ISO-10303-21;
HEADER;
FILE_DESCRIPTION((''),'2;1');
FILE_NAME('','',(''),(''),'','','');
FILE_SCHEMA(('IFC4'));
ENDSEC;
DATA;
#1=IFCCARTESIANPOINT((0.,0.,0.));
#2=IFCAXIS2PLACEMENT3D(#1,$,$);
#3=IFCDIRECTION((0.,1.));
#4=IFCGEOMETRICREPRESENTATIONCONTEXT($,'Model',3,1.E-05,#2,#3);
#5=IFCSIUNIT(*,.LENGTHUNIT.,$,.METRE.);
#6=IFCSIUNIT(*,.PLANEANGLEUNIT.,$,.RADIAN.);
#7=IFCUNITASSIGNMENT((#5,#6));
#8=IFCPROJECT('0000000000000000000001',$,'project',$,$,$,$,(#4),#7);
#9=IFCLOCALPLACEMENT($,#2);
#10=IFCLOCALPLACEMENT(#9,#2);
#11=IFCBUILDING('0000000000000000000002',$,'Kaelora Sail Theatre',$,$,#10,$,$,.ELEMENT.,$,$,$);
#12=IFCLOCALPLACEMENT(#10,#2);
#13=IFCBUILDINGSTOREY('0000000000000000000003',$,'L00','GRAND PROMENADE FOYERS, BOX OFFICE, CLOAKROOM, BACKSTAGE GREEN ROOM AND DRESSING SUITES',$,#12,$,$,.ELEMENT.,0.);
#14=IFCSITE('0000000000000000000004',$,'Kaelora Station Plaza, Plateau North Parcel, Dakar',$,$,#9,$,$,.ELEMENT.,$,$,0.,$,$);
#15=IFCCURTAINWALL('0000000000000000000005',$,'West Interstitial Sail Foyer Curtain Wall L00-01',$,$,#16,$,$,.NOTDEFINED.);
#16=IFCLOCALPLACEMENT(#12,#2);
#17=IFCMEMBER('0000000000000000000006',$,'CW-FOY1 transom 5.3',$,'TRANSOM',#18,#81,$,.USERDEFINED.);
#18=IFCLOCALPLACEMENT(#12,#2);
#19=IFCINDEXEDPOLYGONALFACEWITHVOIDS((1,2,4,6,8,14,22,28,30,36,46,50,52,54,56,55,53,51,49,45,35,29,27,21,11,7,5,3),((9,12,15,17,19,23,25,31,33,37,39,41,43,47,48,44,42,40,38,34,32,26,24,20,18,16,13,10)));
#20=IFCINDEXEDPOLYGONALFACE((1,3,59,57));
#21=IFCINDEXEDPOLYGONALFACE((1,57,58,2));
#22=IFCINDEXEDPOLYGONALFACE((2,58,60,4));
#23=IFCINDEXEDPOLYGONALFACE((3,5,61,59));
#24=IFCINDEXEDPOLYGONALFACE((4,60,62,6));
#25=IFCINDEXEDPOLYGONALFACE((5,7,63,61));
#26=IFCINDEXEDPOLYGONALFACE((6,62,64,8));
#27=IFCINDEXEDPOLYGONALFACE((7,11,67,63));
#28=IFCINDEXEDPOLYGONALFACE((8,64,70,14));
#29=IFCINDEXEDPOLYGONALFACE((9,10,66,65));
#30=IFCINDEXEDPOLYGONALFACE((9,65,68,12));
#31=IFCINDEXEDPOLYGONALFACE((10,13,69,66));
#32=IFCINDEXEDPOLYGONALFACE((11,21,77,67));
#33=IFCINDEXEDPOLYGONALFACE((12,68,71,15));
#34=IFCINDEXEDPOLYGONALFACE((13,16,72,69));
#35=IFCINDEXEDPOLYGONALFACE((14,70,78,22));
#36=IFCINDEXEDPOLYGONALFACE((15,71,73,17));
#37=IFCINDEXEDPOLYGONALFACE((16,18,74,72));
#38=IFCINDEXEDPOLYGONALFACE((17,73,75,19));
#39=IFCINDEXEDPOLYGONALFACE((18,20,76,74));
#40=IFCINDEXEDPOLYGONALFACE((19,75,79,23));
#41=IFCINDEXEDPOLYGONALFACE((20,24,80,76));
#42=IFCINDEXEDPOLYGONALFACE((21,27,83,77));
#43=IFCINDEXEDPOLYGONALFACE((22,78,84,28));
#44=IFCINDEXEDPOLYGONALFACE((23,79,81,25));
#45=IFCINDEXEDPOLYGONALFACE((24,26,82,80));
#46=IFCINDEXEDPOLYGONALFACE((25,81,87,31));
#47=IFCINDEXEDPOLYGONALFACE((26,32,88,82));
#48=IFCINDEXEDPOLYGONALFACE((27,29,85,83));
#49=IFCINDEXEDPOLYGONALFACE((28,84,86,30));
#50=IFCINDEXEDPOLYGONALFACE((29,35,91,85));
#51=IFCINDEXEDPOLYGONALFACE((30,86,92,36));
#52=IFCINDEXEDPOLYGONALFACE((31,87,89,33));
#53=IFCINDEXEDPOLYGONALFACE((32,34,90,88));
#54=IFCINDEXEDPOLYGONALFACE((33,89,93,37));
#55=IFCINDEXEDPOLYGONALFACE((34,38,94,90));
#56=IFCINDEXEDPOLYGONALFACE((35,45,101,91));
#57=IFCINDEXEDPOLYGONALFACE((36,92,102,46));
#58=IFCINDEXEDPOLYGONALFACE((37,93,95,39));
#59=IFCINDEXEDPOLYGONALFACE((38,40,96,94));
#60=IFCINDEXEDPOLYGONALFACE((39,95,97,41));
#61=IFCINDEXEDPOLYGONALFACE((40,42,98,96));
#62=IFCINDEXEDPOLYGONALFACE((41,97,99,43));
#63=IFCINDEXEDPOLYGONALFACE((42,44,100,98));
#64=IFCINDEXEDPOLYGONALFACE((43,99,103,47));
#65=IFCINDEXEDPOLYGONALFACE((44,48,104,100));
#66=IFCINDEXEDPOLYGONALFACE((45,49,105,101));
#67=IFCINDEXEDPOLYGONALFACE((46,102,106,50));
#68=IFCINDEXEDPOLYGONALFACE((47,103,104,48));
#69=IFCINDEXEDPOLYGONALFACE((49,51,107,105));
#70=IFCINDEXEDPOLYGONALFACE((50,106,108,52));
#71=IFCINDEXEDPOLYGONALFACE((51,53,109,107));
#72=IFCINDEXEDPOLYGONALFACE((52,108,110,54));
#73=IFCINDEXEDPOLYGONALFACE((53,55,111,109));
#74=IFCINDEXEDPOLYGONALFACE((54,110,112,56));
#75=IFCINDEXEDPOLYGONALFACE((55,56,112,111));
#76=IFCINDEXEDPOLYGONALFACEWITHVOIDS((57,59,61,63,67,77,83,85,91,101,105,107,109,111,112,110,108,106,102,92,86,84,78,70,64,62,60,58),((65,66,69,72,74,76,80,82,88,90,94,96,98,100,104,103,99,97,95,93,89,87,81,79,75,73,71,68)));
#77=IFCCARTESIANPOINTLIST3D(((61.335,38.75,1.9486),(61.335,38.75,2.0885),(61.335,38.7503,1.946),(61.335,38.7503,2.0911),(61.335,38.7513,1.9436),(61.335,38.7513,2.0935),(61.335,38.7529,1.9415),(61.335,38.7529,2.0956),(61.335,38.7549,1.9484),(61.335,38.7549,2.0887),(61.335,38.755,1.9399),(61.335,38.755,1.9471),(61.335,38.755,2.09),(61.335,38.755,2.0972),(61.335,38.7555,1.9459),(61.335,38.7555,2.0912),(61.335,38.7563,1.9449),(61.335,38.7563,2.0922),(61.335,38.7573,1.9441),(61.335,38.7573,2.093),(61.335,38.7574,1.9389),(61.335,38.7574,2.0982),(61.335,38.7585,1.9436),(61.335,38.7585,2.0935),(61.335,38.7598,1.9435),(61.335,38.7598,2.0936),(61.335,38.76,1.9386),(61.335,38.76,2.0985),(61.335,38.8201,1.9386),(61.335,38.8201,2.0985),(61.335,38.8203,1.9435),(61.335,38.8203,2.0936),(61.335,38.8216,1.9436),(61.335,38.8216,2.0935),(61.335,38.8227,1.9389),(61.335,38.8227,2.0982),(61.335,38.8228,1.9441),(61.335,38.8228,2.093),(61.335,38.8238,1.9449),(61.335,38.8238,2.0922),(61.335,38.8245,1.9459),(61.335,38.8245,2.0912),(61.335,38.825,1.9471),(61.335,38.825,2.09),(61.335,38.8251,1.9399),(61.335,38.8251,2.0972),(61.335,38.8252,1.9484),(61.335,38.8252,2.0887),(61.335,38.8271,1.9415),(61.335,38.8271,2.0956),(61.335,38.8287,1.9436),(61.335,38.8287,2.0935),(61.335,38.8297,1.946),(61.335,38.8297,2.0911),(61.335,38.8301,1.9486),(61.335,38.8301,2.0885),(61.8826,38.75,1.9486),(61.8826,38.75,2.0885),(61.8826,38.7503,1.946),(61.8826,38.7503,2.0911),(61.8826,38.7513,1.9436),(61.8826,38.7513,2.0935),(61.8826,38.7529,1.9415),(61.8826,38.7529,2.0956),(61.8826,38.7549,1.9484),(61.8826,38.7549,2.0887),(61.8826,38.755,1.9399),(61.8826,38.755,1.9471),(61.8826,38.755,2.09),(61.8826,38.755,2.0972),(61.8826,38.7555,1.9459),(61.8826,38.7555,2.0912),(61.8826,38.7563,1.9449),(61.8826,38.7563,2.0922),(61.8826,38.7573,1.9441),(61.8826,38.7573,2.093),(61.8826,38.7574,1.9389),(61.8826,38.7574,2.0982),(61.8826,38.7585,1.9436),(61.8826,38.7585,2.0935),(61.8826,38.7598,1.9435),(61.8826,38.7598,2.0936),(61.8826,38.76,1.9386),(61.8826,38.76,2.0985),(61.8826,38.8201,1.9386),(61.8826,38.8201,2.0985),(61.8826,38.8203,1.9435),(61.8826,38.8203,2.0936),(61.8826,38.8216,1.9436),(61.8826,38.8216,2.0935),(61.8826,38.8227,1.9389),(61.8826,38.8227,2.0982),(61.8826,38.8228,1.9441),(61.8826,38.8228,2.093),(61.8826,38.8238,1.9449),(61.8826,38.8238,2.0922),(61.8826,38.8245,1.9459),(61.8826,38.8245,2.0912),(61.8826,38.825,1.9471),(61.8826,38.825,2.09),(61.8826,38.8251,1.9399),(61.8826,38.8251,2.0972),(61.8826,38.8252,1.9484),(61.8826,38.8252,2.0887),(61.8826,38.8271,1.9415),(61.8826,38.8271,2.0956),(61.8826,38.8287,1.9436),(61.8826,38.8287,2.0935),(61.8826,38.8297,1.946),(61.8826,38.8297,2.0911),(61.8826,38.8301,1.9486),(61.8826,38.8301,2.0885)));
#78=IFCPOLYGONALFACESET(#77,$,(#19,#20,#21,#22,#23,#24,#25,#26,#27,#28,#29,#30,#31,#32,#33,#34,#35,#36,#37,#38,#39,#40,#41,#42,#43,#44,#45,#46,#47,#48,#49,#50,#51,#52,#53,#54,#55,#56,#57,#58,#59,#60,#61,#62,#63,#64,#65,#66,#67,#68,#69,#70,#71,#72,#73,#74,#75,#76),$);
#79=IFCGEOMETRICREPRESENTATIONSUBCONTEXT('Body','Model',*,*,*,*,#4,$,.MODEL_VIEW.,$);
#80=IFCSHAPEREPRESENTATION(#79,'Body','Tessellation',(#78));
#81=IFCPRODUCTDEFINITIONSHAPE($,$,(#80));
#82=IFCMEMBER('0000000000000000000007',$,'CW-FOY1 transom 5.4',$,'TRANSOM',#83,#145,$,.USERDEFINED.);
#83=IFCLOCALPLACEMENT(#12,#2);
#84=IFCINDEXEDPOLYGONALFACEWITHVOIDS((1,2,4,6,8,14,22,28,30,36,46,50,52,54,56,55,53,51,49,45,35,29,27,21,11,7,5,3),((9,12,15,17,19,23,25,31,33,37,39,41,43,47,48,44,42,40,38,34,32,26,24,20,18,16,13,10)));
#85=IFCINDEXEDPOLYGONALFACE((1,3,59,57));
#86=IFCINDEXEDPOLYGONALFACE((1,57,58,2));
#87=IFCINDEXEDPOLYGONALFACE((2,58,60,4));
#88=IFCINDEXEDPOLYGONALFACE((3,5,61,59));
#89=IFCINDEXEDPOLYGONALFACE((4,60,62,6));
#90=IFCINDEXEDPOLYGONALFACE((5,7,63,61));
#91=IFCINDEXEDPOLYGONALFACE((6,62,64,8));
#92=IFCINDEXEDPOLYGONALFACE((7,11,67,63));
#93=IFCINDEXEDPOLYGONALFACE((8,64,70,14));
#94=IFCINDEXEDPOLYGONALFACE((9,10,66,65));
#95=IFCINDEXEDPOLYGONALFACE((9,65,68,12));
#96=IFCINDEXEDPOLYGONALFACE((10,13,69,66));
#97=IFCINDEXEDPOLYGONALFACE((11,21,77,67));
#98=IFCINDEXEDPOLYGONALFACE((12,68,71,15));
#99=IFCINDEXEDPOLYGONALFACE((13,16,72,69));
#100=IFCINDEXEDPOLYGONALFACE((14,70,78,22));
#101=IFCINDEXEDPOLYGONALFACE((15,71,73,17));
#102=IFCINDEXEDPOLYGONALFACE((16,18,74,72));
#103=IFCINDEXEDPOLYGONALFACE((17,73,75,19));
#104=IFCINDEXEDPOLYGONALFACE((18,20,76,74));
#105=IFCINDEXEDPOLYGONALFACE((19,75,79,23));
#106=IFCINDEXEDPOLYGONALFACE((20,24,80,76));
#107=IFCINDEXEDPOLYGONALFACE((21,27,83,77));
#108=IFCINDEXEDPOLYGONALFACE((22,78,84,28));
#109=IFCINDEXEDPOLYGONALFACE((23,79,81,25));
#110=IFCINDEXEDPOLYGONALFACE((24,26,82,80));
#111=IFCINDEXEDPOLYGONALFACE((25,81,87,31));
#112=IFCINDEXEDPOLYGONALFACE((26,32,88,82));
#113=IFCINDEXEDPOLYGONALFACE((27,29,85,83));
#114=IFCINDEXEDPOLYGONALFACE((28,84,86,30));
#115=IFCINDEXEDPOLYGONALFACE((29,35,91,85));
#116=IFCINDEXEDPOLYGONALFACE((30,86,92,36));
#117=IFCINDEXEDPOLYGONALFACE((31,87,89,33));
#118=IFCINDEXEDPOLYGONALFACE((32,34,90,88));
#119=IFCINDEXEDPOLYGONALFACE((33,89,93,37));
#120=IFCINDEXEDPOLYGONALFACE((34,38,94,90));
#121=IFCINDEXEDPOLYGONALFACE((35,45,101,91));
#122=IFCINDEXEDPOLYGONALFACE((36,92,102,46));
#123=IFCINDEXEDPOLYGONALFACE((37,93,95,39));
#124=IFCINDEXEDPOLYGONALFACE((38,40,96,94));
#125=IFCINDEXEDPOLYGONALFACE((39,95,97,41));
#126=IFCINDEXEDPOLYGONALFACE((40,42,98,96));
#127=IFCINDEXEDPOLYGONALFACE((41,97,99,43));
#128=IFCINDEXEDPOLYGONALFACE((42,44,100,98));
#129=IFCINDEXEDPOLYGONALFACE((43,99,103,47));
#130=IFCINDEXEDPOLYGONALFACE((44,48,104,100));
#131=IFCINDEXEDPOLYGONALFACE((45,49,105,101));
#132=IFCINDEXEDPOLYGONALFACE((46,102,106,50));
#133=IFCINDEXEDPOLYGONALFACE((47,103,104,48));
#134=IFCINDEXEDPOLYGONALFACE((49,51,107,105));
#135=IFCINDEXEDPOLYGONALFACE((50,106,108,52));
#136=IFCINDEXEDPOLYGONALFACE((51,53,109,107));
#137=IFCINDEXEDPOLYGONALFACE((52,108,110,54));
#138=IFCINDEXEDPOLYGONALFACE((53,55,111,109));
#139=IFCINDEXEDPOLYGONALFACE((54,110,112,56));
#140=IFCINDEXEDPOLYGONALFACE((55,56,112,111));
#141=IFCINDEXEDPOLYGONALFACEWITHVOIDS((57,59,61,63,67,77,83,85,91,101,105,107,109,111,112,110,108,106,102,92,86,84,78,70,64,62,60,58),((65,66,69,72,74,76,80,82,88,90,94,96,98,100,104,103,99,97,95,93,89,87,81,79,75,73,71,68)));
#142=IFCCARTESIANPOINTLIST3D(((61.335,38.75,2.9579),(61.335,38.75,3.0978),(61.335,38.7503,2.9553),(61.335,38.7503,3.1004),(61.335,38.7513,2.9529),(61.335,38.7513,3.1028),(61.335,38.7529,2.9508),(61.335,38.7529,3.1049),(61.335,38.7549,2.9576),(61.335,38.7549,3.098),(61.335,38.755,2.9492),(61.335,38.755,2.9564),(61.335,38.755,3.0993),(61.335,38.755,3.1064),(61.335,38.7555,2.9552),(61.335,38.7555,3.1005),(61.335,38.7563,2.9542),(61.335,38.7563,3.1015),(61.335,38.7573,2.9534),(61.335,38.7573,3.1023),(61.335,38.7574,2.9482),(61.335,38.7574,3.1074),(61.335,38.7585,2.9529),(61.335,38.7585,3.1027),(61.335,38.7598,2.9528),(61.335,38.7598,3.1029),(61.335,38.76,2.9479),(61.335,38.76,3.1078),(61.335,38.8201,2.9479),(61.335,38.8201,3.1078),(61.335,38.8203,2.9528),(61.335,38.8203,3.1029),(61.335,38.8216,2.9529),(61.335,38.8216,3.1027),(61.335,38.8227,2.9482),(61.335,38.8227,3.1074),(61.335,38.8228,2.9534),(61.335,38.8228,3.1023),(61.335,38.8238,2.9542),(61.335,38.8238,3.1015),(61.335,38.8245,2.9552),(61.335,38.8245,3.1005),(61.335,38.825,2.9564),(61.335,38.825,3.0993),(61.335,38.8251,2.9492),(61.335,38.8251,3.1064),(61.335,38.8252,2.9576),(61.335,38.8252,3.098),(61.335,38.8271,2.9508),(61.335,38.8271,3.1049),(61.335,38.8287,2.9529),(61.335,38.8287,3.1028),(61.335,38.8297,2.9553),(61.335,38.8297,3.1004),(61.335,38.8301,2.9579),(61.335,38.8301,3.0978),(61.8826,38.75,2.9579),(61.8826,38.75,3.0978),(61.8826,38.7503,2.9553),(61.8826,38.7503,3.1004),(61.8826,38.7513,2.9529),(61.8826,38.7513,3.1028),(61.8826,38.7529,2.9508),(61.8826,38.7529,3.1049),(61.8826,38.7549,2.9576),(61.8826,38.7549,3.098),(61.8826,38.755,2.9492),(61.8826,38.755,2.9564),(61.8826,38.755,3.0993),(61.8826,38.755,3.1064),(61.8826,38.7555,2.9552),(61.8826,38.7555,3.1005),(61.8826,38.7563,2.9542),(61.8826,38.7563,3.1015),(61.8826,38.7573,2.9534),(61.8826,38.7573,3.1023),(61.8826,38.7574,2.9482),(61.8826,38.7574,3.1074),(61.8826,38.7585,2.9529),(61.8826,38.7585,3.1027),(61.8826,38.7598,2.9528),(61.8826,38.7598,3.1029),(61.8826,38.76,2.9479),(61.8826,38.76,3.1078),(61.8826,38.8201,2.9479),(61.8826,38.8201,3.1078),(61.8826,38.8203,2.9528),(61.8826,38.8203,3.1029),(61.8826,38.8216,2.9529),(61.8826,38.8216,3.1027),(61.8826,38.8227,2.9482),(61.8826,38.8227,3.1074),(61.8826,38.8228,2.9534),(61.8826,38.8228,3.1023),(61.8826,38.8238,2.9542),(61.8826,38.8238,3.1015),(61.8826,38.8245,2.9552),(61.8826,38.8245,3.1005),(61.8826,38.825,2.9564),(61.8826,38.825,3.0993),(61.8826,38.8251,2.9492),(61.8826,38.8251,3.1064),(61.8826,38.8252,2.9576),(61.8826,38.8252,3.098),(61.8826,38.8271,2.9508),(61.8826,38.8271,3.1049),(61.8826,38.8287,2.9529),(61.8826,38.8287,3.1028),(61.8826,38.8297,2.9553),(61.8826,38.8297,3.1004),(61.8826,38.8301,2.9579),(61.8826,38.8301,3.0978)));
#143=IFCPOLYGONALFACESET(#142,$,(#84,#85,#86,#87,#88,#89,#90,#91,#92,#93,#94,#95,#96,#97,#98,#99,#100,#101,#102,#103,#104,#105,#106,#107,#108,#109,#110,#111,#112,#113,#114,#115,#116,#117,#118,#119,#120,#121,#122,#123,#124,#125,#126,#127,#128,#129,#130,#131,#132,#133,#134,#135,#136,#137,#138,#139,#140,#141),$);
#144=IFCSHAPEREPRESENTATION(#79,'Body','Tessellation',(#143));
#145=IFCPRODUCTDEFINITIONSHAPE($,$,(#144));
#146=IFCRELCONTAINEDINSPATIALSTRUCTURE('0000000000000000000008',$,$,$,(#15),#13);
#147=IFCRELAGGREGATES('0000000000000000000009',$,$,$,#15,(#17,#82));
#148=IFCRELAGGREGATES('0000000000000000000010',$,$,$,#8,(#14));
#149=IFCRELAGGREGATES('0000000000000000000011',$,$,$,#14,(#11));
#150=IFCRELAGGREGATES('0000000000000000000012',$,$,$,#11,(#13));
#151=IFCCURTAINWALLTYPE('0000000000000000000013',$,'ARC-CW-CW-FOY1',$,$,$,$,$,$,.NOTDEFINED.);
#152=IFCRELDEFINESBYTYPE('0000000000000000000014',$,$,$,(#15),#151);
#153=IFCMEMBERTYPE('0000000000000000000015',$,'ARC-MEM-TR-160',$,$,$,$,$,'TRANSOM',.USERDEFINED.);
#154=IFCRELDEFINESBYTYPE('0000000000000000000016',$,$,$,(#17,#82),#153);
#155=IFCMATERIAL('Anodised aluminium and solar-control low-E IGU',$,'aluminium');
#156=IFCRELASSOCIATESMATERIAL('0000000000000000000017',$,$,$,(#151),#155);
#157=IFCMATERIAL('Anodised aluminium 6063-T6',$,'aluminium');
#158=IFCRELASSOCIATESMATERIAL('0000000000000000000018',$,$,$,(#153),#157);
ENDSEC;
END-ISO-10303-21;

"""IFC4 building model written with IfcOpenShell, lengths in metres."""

from ifc_helpers import new_model, si_unit, direction, frame, origin, origin_2d, place, context, subcontext, project, spatial, hollow_rectangle, extrude, material, material_profile, profile_set, type_object, element, aggregate, save


model = new_model("IFC4")

# Units and contexts
model_context = context("Model", 3, precision=1e-05, world=origin(), true_north=direction((0.0, 1.0)))
body_context = subcontext(model_context, "Body", "Model", "MODEL_VIEW")
ifc_project = project(units=[si_unit("LENGTHUNIT", "METRE"), si_unit("PLANEANGLEUNIT", "RADIAN")], contexts=[model_context])

# Site, building, storey
site_placement = place(None, origin())
site = spatial("IfcSite", under=ifc_project, at=site_placement, Name="Kaelora Station Plaza, Plateau North Parcel, Dakar", CompositionType="ELEMENT", RefElevation=0.0)
building_placement = place(site_placement, origin())
building = spatial("IfcBuilding", under=site, at=building_placement, Name="Kaelora Sail Theatre", CompositionType="ELEMENT")
storey_placement = place(building_placement, origin())
storey = spatial("IfcBuildingStorey", under=building, at=storey_placement, Name="L00", Description="GRAND PROMENADE FOYERS, BOX OFFICE, CLOAKROOM, BACKSTAGE GREEN ROOM AND DRESSING SUITES", CompositionType="ELEMENT", Elevation=0.0)

# Curtain wall, members
ifc_material_1 = material(Name="Anodised aluminium and solar-control low-E IGU", Category="aluminium")
curtain_wall_type = type_object("IfcCurtainWallType", Name="ARC-CW-CW-FOY1", PredefinedType="NOTDEFINED", material=ifc_material_1)
curtain_wall_placement = place(storey_placement, origin())
curtain_wall = element("IfcCurtainWall", 1, at=curtain_wall_placement, inside=storey, type_object=curtain_wall_type, Name="West Interstitial Sail Foyer Curtain Wall L00-01", PredefinedType="NOTDEFINED")
ifc_material_2 = material(Name="Anodised aluminium 6063-T6", Category="aluminium")
ifc_material_profile = material_profile(ifc_material_2, hollow_rectangle(XDim=0.0801, YDim=0.1599, WallThickness=0.0049, InnerFilletRadius=0.0049, OuterFilletRadius=0.01, at=origin_2d()), Name="ALU-TRAN 80x160x5")
ifc_profile_set = profile_set([ifc_material_profile], Name="Anodised aluminium 6063-T6")
member_type = type_object("IfcMemberType", Name="ARC-MEM-TR-160", ElementType="TRANSOM", PredefinedType="USERDEFINED", material=ifc_profile_set)
member_1_placement = place(storey_placement, frame((61.335, 38.79, 2.0186), z_axis=(1.0, 0.0, 0.0), x_axis=(0.0, 1.0, 0.0)))
member_1 = element("IfcMember", 2, at=member_1_placement, type_object=member_type, Name="CW-FOY1 transom 5.3", ObjectType="TRANSOM", PredefinedType="USERDEFINED", context=body_context, shape_type="SweptSolid", body=[
    extrude(hollow_rectangle(XDim=0.0801, YDim=0.1599, WallThickness=0.0049, InnerFilletRadius=0.0049, OuterFilletRadius=0.01, at=origin_2d()), origin(), (0.0, 0.0, 1.0), 0.5476),
])
member_2_placement = place(storey_placement, frame((61.335, 38.79, 3.0278), z_axis=(1.0, 0.0, 0.0), x_axis=(0.0, 1.0, 0.0)))
member_2 = element("IfcMember", 3, at=member_2_placement, type_object=member_type, Name="CW-FOY1 transom 5.4", ObjectType="TRANSOM", PredefinedType="USERDEFINED", context=body_context, shape_type="SweptSolid", body=[
    extrude(hollow_rectangle(XDim=0.0801, YDim=0.1599, WallThickness=0.0049, InnerFilletRadius=0.0049, OuterFilletRadius=0.01, at=origin_2d()), origin(), (0.0, 0.0, 1.0), 0.5476),
])
aggregate(curtain_wall, [member_1, member_2])

save(model, "model.ifc")
